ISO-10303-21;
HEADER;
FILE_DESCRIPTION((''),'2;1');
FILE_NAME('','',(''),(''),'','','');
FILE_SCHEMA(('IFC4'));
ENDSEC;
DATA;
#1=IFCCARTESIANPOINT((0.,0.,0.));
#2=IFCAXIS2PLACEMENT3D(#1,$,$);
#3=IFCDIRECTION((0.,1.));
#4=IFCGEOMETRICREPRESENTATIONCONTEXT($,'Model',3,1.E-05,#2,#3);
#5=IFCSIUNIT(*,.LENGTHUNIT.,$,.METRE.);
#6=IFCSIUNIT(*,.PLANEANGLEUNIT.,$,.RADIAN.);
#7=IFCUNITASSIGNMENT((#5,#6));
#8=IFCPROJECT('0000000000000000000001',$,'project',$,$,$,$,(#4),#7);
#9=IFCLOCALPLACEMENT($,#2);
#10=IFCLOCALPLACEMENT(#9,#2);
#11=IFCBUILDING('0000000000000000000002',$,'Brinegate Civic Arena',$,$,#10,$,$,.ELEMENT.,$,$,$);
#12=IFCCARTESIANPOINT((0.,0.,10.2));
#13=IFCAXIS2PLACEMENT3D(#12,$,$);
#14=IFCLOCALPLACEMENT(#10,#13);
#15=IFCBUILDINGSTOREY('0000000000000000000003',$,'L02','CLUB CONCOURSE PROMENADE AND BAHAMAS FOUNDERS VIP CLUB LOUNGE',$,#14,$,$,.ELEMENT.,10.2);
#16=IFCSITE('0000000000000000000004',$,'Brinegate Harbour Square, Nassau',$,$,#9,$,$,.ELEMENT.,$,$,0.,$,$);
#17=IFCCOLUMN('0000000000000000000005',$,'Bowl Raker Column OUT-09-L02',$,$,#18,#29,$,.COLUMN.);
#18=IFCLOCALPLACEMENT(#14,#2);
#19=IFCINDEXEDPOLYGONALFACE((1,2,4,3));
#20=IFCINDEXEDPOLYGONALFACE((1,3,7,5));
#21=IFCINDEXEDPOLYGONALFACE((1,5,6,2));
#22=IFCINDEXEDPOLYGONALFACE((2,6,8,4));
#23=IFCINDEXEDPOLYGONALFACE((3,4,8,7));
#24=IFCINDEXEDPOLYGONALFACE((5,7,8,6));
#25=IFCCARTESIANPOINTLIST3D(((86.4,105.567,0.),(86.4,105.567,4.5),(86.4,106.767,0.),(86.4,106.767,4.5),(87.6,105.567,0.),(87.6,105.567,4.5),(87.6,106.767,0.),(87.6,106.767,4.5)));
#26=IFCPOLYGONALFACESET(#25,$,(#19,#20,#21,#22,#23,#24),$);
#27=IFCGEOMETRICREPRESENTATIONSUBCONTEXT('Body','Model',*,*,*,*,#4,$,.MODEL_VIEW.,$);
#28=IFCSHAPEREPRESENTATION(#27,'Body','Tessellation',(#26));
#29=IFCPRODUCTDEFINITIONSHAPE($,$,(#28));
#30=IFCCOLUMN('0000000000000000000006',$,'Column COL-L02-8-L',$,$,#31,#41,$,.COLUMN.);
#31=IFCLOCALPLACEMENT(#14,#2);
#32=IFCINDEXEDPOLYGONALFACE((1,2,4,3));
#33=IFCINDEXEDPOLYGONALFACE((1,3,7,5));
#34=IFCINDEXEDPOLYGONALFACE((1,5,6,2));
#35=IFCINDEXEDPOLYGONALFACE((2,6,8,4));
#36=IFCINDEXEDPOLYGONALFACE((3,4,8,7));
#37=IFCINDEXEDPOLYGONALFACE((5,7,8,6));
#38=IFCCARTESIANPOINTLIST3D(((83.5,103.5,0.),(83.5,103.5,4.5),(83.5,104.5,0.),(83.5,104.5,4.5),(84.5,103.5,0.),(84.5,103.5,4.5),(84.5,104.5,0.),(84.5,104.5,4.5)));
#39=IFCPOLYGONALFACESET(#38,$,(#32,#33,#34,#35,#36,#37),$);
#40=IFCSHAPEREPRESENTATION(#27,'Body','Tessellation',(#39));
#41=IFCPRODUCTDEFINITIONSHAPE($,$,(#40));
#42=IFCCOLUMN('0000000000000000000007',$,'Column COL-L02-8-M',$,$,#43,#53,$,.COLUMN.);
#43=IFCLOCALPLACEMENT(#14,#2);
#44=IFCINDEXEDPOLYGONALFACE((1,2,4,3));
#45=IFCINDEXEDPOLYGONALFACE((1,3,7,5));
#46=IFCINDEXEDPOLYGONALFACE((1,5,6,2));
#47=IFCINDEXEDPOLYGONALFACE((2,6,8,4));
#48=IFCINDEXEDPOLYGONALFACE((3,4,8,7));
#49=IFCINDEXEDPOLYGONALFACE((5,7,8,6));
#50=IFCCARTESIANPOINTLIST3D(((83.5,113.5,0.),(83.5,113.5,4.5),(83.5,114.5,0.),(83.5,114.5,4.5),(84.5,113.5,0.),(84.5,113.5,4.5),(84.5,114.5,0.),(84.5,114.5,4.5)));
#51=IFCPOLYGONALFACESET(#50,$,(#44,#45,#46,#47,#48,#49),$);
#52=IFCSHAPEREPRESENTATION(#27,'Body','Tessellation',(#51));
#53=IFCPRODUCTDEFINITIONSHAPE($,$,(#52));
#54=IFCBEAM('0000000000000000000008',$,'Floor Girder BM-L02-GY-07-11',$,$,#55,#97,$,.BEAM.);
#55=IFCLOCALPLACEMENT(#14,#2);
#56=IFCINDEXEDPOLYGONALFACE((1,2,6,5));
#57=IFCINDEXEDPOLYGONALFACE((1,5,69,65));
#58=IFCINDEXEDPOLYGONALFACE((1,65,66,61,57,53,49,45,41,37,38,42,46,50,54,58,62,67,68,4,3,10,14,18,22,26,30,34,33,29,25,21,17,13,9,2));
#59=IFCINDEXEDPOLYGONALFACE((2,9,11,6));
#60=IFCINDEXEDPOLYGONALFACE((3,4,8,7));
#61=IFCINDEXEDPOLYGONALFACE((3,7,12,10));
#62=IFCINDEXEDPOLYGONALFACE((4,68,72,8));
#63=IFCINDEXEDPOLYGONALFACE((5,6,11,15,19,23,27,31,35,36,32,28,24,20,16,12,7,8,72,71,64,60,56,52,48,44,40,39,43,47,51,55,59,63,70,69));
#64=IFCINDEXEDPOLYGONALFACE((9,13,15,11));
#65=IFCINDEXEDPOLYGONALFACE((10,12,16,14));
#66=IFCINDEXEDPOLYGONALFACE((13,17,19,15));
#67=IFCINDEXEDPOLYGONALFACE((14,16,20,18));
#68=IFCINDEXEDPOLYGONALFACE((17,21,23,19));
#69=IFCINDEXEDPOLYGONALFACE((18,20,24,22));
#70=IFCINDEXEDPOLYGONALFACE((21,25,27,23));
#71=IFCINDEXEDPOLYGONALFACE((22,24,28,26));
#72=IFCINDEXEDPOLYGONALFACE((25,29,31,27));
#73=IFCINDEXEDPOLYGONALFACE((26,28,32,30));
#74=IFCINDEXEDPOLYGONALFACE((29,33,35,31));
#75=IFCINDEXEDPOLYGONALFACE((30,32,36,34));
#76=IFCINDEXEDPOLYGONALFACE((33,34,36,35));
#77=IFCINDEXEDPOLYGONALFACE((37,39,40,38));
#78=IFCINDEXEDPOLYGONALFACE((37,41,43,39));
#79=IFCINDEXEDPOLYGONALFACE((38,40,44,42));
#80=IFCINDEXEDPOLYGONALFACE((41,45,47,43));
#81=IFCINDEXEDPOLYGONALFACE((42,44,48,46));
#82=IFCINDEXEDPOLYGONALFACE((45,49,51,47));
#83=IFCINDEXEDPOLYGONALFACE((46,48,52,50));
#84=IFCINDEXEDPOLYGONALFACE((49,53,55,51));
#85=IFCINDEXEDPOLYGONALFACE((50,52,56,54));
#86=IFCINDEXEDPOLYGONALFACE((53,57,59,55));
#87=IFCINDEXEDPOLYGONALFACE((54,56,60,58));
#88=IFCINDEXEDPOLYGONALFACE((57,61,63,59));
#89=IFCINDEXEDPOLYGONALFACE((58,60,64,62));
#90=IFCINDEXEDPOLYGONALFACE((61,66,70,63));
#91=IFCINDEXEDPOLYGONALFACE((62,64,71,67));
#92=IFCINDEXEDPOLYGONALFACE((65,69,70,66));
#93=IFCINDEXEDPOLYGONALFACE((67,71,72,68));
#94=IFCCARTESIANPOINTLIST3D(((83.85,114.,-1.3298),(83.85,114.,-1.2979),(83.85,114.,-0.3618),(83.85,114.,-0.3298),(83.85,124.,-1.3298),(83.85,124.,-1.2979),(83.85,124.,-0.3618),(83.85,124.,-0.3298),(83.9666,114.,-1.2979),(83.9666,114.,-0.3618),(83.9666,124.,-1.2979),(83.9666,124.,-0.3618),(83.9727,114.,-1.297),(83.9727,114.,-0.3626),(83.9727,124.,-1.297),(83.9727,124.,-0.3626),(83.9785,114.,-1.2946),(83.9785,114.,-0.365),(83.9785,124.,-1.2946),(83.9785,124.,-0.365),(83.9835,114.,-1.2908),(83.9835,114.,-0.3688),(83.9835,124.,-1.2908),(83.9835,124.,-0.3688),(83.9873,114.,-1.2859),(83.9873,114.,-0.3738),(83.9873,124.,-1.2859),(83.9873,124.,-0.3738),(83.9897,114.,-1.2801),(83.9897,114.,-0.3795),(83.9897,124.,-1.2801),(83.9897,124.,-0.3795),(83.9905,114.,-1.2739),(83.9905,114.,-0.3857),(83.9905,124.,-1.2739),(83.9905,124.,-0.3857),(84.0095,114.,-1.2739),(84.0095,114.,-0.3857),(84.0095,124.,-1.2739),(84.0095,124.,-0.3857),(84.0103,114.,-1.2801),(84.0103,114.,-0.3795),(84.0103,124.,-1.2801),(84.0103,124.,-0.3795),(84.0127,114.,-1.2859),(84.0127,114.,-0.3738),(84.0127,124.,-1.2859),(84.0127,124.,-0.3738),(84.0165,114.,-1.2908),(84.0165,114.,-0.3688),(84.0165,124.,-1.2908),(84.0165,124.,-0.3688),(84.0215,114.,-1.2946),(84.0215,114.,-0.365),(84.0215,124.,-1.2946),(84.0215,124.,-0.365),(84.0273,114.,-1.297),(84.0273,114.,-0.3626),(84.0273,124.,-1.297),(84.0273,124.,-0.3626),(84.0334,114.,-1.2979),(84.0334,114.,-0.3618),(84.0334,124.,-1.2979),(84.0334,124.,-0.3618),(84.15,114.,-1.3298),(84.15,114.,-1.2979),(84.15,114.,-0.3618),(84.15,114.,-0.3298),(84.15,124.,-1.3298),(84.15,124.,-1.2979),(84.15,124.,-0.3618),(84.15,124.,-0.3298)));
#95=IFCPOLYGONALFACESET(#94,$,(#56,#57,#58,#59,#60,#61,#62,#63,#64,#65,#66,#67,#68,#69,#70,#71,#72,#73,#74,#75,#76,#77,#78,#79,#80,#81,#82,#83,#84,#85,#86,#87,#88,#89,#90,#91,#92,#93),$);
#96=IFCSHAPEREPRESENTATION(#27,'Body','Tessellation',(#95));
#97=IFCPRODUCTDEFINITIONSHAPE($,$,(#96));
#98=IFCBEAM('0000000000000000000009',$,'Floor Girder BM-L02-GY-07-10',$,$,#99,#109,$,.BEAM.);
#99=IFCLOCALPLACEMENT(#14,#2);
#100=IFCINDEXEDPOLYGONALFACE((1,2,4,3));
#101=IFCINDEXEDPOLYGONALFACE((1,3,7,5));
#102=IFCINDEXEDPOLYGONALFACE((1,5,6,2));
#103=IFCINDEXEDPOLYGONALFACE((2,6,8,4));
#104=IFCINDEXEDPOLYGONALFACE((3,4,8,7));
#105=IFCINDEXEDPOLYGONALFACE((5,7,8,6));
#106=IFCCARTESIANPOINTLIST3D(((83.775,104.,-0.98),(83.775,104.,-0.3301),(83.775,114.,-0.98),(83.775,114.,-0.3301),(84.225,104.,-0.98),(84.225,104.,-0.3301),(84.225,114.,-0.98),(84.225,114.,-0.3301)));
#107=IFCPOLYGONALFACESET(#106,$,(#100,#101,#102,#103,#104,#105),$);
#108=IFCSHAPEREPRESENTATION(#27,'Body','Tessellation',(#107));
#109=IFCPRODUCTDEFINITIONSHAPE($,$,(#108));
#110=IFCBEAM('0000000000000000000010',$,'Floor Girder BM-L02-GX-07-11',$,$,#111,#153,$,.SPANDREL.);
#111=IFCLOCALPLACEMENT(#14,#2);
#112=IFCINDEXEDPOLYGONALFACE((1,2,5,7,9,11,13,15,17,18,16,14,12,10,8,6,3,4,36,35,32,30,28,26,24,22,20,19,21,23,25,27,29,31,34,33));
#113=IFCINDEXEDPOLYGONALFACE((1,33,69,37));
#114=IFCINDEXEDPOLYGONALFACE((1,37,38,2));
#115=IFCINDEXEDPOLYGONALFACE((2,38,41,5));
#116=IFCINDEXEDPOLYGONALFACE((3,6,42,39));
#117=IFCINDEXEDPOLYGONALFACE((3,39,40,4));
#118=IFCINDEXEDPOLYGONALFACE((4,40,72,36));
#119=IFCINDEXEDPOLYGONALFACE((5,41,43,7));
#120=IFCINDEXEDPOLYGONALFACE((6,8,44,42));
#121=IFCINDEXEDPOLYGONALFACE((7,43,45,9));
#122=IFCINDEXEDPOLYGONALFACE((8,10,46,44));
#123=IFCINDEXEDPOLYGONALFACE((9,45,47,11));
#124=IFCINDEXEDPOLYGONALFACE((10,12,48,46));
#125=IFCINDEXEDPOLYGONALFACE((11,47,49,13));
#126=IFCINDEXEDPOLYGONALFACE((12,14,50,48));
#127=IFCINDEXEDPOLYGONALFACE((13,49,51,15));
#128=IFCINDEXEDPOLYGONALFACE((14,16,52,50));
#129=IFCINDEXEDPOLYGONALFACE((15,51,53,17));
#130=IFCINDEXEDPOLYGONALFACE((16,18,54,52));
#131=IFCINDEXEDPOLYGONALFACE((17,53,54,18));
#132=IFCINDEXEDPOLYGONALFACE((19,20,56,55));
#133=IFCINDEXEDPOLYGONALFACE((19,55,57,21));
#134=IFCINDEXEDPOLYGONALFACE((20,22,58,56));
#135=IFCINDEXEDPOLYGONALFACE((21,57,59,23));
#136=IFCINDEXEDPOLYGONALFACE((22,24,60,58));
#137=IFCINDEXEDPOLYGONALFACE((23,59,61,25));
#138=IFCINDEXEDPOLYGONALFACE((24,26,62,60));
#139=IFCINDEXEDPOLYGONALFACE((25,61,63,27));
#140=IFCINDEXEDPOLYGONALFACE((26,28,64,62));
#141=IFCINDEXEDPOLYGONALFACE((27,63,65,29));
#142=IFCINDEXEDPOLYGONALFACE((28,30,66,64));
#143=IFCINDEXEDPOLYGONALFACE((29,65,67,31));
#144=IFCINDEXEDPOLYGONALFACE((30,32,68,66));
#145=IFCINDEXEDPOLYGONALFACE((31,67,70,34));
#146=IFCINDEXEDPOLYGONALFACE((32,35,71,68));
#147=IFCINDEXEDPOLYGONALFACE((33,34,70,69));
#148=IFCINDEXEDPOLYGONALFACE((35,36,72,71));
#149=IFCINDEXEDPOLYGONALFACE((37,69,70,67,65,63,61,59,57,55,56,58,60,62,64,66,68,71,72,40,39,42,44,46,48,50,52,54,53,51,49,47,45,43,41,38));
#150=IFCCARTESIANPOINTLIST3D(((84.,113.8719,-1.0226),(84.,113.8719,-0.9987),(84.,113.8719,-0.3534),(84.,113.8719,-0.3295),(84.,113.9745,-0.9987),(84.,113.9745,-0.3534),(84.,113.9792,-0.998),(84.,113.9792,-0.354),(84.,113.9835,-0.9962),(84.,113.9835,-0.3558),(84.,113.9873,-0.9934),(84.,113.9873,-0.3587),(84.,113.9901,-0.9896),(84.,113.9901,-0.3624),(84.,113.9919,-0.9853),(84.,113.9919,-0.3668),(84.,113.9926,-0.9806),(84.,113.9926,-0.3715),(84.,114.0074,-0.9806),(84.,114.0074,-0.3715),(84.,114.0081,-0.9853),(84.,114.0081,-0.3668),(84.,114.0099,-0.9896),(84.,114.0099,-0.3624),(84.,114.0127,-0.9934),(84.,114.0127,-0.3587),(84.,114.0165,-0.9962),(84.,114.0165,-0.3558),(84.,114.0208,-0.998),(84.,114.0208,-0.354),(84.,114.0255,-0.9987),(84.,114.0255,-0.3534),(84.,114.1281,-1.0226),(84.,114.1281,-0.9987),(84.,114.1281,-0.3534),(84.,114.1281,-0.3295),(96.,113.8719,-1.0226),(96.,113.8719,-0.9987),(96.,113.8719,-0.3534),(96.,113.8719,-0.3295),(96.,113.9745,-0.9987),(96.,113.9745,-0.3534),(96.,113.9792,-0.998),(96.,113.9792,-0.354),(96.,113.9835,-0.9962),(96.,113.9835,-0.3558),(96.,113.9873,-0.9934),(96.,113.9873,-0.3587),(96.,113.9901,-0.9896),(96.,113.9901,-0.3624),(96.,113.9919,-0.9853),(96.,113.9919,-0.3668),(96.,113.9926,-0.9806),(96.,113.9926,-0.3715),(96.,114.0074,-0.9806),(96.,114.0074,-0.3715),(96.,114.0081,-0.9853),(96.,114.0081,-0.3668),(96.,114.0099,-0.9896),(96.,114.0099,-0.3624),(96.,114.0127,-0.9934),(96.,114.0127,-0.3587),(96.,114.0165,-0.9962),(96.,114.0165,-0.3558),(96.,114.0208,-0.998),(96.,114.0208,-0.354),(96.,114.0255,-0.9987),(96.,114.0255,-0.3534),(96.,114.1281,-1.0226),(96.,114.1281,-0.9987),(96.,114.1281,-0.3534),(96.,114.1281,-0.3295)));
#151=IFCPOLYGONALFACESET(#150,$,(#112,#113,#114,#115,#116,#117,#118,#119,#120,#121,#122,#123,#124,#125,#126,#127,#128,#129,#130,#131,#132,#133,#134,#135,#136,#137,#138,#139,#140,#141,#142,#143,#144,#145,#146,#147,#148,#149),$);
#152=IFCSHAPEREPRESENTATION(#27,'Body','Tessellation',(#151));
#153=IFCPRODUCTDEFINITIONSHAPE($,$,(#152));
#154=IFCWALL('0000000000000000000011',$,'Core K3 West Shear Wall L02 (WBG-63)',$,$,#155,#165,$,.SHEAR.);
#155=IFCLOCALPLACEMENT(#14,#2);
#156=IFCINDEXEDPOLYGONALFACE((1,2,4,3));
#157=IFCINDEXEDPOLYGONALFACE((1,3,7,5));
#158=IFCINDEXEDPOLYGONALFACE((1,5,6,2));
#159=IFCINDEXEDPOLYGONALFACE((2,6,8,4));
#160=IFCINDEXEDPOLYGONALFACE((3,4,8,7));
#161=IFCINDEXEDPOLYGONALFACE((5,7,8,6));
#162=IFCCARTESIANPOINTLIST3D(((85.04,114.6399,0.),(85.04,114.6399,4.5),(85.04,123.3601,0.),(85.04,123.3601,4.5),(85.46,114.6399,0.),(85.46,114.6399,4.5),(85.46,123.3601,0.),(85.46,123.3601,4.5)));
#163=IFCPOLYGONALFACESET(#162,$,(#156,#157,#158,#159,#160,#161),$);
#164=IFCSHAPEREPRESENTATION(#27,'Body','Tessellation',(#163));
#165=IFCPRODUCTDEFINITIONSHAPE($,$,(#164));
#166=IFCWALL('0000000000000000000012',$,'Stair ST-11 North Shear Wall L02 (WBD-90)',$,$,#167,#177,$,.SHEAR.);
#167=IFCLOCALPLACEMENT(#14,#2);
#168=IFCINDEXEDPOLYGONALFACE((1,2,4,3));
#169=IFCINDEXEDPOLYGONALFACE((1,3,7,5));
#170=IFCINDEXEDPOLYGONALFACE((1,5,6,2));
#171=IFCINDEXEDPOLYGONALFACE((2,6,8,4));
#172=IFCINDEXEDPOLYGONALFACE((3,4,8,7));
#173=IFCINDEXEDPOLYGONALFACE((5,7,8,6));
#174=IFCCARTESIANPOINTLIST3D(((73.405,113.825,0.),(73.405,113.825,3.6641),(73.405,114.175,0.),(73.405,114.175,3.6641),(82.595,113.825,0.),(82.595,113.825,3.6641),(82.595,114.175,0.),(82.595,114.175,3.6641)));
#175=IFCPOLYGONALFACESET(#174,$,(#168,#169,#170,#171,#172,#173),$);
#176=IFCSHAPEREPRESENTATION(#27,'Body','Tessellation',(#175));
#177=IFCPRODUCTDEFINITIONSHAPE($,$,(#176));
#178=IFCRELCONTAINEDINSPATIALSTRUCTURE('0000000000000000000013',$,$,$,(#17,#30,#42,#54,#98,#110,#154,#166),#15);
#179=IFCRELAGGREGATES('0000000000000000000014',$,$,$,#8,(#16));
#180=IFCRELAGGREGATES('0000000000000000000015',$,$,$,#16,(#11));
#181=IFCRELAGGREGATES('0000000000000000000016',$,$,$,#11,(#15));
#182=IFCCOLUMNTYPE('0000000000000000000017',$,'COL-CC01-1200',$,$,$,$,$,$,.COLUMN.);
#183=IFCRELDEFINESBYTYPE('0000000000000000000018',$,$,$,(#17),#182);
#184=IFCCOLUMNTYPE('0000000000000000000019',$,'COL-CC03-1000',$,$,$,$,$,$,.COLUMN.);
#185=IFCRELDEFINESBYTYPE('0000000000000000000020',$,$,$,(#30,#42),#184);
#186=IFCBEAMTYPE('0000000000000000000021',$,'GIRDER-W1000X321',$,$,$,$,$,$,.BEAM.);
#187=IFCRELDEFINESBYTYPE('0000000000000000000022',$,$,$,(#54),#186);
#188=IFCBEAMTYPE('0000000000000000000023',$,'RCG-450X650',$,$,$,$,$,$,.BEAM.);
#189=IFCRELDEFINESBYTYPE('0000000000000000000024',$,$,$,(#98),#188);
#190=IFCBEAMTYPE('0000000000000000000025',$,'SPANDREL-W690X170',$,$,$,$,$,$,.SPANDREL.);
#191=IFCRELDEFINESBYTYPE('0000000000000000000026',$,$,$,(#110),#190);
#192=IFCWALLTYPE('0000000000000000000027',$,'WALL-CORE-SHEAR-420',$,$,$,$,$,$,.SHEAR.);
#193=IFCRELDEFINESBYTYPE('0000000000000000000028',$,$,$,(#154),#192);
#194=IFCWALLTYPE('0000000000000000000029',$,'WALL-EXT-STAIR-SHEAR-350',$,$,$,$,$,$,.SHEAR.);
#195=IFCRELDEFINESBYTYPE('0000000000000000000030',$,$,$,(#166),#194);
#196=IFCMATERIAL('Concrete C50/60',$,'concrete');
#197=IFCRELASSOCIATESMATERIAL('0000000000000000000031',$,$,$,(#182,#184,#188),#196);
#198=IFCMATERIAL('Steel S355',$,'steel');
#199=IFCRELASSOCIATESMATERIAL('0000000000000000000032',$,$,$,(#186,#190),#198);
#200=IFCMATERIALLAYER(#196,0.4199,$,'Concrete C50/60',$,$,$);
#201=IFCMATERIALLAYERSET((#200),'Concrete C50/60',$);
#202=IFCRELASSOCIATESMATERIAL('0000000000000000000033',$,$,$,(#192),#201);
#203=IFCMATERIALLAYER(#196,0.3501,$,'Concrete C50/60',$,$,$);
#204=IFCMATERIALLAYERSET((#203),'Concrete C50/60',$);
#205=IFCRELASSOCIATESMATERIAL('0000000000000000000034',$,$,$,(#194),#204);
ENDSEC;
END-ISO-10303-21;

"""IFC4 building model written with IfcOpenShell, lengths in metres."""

from ifc_helpers import new_model, si_unit, direction, frame, frame_2d, origin, origin_2d, place, context, subcontext, project, spatial, rectangle, i_section, extrude, material, layer, layer_set, material_profile, profile_set, type_object, element, save


model = new_model("IFC4")

# Units and contexts
model_context = context("Model", 3, precision=1e-05, world=origin(), true_north=direction((0.0, 1.0)))
body_context = subcontext(model_context, "Body", "Model", "MODEL_VIEW")
ifc_project = project(units=[si_unit("LENGTHUNIT", "METRE"), si_unit("PLANEANGLEUNIT", "RADIAN")], contexts=[model_context])

# Site, building, storey
site_placement = place(None, origin())
site = spatial("IfcSite", under=ifc_project, at=site_placement, Name="Brinegate Harbour Square, Nassau", CompositionType="ELEMENT", RefElevation=0.0)
building_placement = place(site_placement, origin())
building = spatial("IfcBuilding", under=site, at=building_placement, Name="Brinegate Civic Arena", CompositionType="ELEMENT")
storey_placement = place(building_placement, frame((0.0, 0.0, 10.2)))
storey = spatial("IfcBuildingStorey", under=building, at=storey_placement, Name="L02", Description="CLUB CONCOURSE PROMENADE AND BAHAMAS FOUNDERS VIP CLUB LOUNGE", CompositionType="ELEMENT", Elevation=10.2)

# Columns
ifc_material_1 = material(Name="Concrete C50/60", Category="concrete")
ifc_material_profile_1 = material_profile(ifc_material_1, rectangle(XDim=1.2, YDim=1.2, at=origin_2d()), Name="RC1200X1200")
ifc_profile_set_1 = profile_set([ifc_material_profile_1], Name="Concrete C50/60")
column_type_1 = type_object("IfcColumnType", Name="COL-CC01-1200", PredefinedType="COLUMN", material=ifc_profile_set_1)
column_placement = place(storey_placement, frame((87.0, 106.167, 0.0), z_axis=(0.0, 0.0, 1.0), x_axis=(1.0, 0.0, 0.0)))
element("IfcColumn", 1, at=column_placement, inside=storey, type_object=column_type_1, Name="Bowl Raker Column OUT-09-L02", PredefinedType="COLUMN", context=body_context, shape_type="SweptSolid", body=[
    extrude(rectangle(XDim=1.2, YDim=1.2, at=origin_2d()), origin(), (0.0, 0.0, 1.0), 4.5),
])
ifc_material_profile_2 = material_profile(ifc_material_1, rectangle(XDim=1.0, YDim=1.0, at=origin_2d()), Name="RC1000X1000")
ifc_profile_set_2 = profile_set([ifc_material_profile_2], Name="Concrete C50/60")
column_type_2 = type_object("IfcColumnType", Name="COL-CC03-1000", PredefinedType="COLUMN", material=ifc_profile_set_2)
for number, where, z_axis, x_axis, name in (
    (2, (84.0, 104.0, 0.0), (0.0, 0.0, 1.0), (1.0, 0.0, 0.0), "Column COL-L02-8-L"),
    (3, (84.0, 114.0, 0.0), (0.0, 0.0, 1.0), (1.0, 0.0, 0.0), "Column COL-L02-8-M"),
):
    element("IfcColumn", number, at=place(storey_placement, frame(where, z_axis=z_axis, x_axis=x_axis)), inside=storey, type_object=column_type_2, Name=name, PredefinedType="COLUMN", context=body_context, shape_type="SweptSolid", body=[
        extrude(rectangle(XDim=1.0, YDim=1.0, at=origin_2d()), origin(), (0.0, 0.0, 1.0), 4.5),
    ])

# Beams
ifc_material_2 = material(Name="Steel S355", Category="steel")
ifc_material_profile_3 = material_profile(ifc_material_2, i_section(OverallWidth=0.3, OverallDepth=1.0, WebThickness=0.019, FlangeThickness=0.032, FilletRadius=0.0239, at=origin_2d()), Name="W1000X321")
ifc_profile_set_3 = profile_set([ifc_material_profile_3], Name="Steel S355")
beam_type_1 = type_object("IfcBeamType", Name="GIRDER-W1000X321", PredefinedType="BEAM", material=ifc_profile_set_3)
beam_1_placement = place(storey_placement, frame((84.0, 114.0, -0.8298), z_axis=(0.0, 1.0, 0.0), x_axis=(-1.0, 0.0, 0.0)))
element("IfcBeam", 4, at=beam_1_placement, inside=storey, type_object=beam_type_1, Name="Floor Girder BM-L02-GY-07-11", PredefinedType="BEAM", context=body_context, shape_type="SweptSolid", body=[
    extrude(i_section(OverallWidth=0.3, OverallDepth=1.0, WebThickness=0.019, FlangeThickness=0.032, FilletRadius=0.0239, at=origin_2d()), origin(), (0.0, 0.0, 1.0), 10.0),
])
ifc_material_profile_4 = material_profile(ifc_material_1, rectangle(XDim=0.45, YDim=0.6499, at=origin_2d()), Name="RCB450X650")
ifc_profile_set_4 = profile_set([ifc_material_profile_4], Name="Concrete C50/60")
beam_type_2 = type_object("IfcBeamType", Name="RCG-450X650", PredefinedType="BEAM", material=ifc_profile_set_4)
beam_2_placement = place(storey_placement, frame((84.0, 104.0, -0.655), z_axis=(0.0, 1.0, 0.0), x_axis=(-1.0, 0.0, 0.0)))
element("IfcBeam", 5, at=beam_2_placement, inside=storey, type_object=beam_type_2, Name="Floor Girder BM-L02-GY-07-10", PredefinedType="BEAM", context=body_context, shape_type="SweptSolid", body=[
    extrude(rectangle(XDim=0.45, YDim=0.6499, at=origin_2d()), origin(), (0.0, 0.0, 1.0), 10.0),
])
ifc_material_profile_5 = material_profile(ifc_material_2, i_section(OverallWidth=0.2561, OverallDepth=0.6931, WebThickness=0.0149, FlangeThickness=0.0239, FilletRadius=0.0181, at=origin_2d()), Name="W690X170")
ifc_profile_set_5 = profile_set([ifc_material_profile_5], Name="Steel S355")
beam_type_3 = type_object("IfcBeamType", Name="SPANDREL-W690X170", PredefinedType="SPANDREL", material=ifc_profile_set_5)
beam_3_placement = place(storey_placement, frame((84.0, 114.0, -0.676), z_axis=(1.0, 0.0, 0.0), x_axis=(0.0, 1.0, 0.0)))
element("IfcBeam", 6, at=beam_3_placement, inside=storey, type_object=beam_type_3, Name="Floor Girder BM-L02-GX-07-11", PredefinedType="SPANDREL", context=body_context, shape_type="SweptSolid", body=[
    extrude(i_section(OverallWidth=0.2561, OverallDepth=0.6931, WebThickness=0.0149, FlangeThickness=0.0239, FilletRadius=0.0181, at=origin_2d()), origin(), (0.0, 0.0, 1.0), 12.0),
])

# Walls
ifc_layer_1 = layer(ifc_material_1, 0.4199, Name="Concrete C50/60")
ifc_layer_set_1 = layer_set([ifc_layer_1], Name="Concrete C50/60")
wall_type_1 = type_object("IfcWallType", Name="WALL-CORE-SHEAR-420", PredefinedType="SHEAR", material=ifc_layer_set_1)
wall_1_placement = place(storey_placement, frame((85.25, 114.6399, 0.0), z_axis=(0.0, 0.0, 1.0), x_axis=(0.0, 1.0, 0.0)))
element("IfcWall", 7, at=wall_1_placement, inside=storey, type_object=wall_type_1, Name="Core K3 West Shear Wall L02 (WBG-63)", PredefinedType="SHEAR", context=body_context, shape_type="SweptSolid", body=[
    extrude(rectangle(XDim=8.7202, YDim=0.4199, at=frame_2d((4.3601, 0.0))), origin(), (0.0, 0.0, 1.0), 4.5),
])
ifc_layer_2 = layer(ifc_material_1, 0.3501, Name="Concrete C50/60")
ifc_layer_set_2 = layer_set([ifc_layer_2], Name="Concrete C50/60")
wall_type_2 = type_object("IfcWallType", Name="WALL-EXT-STAIR-SHEAR-350", PredefinedType="SHEAR", material=ifc_layer_set_2)
wall_2_placement = place(storey_placement, frame((73.405, 114.0, 0.0), z_axis=(0.0, 0.0, 1.0), x_axis=(1.0, 0.0, 0.0)))
element("IfcWall", 8, at=wall_2_placement, inside=storey, type_object=wall_type_2, Name="Stair ST-11 North Shear Wall L02 (WBD-90)", PredefinedType="SHEAR", context=body_context, shape_type="SweptSolid", body=[
    extrude(rectangle(XDim=9.1899, YDim=0.3501, at=frame_2d((4.595, 0.0))), origin(), (0.0, 0.0, 1.0), 3.6641),
])

save(model, "model.ifc")
